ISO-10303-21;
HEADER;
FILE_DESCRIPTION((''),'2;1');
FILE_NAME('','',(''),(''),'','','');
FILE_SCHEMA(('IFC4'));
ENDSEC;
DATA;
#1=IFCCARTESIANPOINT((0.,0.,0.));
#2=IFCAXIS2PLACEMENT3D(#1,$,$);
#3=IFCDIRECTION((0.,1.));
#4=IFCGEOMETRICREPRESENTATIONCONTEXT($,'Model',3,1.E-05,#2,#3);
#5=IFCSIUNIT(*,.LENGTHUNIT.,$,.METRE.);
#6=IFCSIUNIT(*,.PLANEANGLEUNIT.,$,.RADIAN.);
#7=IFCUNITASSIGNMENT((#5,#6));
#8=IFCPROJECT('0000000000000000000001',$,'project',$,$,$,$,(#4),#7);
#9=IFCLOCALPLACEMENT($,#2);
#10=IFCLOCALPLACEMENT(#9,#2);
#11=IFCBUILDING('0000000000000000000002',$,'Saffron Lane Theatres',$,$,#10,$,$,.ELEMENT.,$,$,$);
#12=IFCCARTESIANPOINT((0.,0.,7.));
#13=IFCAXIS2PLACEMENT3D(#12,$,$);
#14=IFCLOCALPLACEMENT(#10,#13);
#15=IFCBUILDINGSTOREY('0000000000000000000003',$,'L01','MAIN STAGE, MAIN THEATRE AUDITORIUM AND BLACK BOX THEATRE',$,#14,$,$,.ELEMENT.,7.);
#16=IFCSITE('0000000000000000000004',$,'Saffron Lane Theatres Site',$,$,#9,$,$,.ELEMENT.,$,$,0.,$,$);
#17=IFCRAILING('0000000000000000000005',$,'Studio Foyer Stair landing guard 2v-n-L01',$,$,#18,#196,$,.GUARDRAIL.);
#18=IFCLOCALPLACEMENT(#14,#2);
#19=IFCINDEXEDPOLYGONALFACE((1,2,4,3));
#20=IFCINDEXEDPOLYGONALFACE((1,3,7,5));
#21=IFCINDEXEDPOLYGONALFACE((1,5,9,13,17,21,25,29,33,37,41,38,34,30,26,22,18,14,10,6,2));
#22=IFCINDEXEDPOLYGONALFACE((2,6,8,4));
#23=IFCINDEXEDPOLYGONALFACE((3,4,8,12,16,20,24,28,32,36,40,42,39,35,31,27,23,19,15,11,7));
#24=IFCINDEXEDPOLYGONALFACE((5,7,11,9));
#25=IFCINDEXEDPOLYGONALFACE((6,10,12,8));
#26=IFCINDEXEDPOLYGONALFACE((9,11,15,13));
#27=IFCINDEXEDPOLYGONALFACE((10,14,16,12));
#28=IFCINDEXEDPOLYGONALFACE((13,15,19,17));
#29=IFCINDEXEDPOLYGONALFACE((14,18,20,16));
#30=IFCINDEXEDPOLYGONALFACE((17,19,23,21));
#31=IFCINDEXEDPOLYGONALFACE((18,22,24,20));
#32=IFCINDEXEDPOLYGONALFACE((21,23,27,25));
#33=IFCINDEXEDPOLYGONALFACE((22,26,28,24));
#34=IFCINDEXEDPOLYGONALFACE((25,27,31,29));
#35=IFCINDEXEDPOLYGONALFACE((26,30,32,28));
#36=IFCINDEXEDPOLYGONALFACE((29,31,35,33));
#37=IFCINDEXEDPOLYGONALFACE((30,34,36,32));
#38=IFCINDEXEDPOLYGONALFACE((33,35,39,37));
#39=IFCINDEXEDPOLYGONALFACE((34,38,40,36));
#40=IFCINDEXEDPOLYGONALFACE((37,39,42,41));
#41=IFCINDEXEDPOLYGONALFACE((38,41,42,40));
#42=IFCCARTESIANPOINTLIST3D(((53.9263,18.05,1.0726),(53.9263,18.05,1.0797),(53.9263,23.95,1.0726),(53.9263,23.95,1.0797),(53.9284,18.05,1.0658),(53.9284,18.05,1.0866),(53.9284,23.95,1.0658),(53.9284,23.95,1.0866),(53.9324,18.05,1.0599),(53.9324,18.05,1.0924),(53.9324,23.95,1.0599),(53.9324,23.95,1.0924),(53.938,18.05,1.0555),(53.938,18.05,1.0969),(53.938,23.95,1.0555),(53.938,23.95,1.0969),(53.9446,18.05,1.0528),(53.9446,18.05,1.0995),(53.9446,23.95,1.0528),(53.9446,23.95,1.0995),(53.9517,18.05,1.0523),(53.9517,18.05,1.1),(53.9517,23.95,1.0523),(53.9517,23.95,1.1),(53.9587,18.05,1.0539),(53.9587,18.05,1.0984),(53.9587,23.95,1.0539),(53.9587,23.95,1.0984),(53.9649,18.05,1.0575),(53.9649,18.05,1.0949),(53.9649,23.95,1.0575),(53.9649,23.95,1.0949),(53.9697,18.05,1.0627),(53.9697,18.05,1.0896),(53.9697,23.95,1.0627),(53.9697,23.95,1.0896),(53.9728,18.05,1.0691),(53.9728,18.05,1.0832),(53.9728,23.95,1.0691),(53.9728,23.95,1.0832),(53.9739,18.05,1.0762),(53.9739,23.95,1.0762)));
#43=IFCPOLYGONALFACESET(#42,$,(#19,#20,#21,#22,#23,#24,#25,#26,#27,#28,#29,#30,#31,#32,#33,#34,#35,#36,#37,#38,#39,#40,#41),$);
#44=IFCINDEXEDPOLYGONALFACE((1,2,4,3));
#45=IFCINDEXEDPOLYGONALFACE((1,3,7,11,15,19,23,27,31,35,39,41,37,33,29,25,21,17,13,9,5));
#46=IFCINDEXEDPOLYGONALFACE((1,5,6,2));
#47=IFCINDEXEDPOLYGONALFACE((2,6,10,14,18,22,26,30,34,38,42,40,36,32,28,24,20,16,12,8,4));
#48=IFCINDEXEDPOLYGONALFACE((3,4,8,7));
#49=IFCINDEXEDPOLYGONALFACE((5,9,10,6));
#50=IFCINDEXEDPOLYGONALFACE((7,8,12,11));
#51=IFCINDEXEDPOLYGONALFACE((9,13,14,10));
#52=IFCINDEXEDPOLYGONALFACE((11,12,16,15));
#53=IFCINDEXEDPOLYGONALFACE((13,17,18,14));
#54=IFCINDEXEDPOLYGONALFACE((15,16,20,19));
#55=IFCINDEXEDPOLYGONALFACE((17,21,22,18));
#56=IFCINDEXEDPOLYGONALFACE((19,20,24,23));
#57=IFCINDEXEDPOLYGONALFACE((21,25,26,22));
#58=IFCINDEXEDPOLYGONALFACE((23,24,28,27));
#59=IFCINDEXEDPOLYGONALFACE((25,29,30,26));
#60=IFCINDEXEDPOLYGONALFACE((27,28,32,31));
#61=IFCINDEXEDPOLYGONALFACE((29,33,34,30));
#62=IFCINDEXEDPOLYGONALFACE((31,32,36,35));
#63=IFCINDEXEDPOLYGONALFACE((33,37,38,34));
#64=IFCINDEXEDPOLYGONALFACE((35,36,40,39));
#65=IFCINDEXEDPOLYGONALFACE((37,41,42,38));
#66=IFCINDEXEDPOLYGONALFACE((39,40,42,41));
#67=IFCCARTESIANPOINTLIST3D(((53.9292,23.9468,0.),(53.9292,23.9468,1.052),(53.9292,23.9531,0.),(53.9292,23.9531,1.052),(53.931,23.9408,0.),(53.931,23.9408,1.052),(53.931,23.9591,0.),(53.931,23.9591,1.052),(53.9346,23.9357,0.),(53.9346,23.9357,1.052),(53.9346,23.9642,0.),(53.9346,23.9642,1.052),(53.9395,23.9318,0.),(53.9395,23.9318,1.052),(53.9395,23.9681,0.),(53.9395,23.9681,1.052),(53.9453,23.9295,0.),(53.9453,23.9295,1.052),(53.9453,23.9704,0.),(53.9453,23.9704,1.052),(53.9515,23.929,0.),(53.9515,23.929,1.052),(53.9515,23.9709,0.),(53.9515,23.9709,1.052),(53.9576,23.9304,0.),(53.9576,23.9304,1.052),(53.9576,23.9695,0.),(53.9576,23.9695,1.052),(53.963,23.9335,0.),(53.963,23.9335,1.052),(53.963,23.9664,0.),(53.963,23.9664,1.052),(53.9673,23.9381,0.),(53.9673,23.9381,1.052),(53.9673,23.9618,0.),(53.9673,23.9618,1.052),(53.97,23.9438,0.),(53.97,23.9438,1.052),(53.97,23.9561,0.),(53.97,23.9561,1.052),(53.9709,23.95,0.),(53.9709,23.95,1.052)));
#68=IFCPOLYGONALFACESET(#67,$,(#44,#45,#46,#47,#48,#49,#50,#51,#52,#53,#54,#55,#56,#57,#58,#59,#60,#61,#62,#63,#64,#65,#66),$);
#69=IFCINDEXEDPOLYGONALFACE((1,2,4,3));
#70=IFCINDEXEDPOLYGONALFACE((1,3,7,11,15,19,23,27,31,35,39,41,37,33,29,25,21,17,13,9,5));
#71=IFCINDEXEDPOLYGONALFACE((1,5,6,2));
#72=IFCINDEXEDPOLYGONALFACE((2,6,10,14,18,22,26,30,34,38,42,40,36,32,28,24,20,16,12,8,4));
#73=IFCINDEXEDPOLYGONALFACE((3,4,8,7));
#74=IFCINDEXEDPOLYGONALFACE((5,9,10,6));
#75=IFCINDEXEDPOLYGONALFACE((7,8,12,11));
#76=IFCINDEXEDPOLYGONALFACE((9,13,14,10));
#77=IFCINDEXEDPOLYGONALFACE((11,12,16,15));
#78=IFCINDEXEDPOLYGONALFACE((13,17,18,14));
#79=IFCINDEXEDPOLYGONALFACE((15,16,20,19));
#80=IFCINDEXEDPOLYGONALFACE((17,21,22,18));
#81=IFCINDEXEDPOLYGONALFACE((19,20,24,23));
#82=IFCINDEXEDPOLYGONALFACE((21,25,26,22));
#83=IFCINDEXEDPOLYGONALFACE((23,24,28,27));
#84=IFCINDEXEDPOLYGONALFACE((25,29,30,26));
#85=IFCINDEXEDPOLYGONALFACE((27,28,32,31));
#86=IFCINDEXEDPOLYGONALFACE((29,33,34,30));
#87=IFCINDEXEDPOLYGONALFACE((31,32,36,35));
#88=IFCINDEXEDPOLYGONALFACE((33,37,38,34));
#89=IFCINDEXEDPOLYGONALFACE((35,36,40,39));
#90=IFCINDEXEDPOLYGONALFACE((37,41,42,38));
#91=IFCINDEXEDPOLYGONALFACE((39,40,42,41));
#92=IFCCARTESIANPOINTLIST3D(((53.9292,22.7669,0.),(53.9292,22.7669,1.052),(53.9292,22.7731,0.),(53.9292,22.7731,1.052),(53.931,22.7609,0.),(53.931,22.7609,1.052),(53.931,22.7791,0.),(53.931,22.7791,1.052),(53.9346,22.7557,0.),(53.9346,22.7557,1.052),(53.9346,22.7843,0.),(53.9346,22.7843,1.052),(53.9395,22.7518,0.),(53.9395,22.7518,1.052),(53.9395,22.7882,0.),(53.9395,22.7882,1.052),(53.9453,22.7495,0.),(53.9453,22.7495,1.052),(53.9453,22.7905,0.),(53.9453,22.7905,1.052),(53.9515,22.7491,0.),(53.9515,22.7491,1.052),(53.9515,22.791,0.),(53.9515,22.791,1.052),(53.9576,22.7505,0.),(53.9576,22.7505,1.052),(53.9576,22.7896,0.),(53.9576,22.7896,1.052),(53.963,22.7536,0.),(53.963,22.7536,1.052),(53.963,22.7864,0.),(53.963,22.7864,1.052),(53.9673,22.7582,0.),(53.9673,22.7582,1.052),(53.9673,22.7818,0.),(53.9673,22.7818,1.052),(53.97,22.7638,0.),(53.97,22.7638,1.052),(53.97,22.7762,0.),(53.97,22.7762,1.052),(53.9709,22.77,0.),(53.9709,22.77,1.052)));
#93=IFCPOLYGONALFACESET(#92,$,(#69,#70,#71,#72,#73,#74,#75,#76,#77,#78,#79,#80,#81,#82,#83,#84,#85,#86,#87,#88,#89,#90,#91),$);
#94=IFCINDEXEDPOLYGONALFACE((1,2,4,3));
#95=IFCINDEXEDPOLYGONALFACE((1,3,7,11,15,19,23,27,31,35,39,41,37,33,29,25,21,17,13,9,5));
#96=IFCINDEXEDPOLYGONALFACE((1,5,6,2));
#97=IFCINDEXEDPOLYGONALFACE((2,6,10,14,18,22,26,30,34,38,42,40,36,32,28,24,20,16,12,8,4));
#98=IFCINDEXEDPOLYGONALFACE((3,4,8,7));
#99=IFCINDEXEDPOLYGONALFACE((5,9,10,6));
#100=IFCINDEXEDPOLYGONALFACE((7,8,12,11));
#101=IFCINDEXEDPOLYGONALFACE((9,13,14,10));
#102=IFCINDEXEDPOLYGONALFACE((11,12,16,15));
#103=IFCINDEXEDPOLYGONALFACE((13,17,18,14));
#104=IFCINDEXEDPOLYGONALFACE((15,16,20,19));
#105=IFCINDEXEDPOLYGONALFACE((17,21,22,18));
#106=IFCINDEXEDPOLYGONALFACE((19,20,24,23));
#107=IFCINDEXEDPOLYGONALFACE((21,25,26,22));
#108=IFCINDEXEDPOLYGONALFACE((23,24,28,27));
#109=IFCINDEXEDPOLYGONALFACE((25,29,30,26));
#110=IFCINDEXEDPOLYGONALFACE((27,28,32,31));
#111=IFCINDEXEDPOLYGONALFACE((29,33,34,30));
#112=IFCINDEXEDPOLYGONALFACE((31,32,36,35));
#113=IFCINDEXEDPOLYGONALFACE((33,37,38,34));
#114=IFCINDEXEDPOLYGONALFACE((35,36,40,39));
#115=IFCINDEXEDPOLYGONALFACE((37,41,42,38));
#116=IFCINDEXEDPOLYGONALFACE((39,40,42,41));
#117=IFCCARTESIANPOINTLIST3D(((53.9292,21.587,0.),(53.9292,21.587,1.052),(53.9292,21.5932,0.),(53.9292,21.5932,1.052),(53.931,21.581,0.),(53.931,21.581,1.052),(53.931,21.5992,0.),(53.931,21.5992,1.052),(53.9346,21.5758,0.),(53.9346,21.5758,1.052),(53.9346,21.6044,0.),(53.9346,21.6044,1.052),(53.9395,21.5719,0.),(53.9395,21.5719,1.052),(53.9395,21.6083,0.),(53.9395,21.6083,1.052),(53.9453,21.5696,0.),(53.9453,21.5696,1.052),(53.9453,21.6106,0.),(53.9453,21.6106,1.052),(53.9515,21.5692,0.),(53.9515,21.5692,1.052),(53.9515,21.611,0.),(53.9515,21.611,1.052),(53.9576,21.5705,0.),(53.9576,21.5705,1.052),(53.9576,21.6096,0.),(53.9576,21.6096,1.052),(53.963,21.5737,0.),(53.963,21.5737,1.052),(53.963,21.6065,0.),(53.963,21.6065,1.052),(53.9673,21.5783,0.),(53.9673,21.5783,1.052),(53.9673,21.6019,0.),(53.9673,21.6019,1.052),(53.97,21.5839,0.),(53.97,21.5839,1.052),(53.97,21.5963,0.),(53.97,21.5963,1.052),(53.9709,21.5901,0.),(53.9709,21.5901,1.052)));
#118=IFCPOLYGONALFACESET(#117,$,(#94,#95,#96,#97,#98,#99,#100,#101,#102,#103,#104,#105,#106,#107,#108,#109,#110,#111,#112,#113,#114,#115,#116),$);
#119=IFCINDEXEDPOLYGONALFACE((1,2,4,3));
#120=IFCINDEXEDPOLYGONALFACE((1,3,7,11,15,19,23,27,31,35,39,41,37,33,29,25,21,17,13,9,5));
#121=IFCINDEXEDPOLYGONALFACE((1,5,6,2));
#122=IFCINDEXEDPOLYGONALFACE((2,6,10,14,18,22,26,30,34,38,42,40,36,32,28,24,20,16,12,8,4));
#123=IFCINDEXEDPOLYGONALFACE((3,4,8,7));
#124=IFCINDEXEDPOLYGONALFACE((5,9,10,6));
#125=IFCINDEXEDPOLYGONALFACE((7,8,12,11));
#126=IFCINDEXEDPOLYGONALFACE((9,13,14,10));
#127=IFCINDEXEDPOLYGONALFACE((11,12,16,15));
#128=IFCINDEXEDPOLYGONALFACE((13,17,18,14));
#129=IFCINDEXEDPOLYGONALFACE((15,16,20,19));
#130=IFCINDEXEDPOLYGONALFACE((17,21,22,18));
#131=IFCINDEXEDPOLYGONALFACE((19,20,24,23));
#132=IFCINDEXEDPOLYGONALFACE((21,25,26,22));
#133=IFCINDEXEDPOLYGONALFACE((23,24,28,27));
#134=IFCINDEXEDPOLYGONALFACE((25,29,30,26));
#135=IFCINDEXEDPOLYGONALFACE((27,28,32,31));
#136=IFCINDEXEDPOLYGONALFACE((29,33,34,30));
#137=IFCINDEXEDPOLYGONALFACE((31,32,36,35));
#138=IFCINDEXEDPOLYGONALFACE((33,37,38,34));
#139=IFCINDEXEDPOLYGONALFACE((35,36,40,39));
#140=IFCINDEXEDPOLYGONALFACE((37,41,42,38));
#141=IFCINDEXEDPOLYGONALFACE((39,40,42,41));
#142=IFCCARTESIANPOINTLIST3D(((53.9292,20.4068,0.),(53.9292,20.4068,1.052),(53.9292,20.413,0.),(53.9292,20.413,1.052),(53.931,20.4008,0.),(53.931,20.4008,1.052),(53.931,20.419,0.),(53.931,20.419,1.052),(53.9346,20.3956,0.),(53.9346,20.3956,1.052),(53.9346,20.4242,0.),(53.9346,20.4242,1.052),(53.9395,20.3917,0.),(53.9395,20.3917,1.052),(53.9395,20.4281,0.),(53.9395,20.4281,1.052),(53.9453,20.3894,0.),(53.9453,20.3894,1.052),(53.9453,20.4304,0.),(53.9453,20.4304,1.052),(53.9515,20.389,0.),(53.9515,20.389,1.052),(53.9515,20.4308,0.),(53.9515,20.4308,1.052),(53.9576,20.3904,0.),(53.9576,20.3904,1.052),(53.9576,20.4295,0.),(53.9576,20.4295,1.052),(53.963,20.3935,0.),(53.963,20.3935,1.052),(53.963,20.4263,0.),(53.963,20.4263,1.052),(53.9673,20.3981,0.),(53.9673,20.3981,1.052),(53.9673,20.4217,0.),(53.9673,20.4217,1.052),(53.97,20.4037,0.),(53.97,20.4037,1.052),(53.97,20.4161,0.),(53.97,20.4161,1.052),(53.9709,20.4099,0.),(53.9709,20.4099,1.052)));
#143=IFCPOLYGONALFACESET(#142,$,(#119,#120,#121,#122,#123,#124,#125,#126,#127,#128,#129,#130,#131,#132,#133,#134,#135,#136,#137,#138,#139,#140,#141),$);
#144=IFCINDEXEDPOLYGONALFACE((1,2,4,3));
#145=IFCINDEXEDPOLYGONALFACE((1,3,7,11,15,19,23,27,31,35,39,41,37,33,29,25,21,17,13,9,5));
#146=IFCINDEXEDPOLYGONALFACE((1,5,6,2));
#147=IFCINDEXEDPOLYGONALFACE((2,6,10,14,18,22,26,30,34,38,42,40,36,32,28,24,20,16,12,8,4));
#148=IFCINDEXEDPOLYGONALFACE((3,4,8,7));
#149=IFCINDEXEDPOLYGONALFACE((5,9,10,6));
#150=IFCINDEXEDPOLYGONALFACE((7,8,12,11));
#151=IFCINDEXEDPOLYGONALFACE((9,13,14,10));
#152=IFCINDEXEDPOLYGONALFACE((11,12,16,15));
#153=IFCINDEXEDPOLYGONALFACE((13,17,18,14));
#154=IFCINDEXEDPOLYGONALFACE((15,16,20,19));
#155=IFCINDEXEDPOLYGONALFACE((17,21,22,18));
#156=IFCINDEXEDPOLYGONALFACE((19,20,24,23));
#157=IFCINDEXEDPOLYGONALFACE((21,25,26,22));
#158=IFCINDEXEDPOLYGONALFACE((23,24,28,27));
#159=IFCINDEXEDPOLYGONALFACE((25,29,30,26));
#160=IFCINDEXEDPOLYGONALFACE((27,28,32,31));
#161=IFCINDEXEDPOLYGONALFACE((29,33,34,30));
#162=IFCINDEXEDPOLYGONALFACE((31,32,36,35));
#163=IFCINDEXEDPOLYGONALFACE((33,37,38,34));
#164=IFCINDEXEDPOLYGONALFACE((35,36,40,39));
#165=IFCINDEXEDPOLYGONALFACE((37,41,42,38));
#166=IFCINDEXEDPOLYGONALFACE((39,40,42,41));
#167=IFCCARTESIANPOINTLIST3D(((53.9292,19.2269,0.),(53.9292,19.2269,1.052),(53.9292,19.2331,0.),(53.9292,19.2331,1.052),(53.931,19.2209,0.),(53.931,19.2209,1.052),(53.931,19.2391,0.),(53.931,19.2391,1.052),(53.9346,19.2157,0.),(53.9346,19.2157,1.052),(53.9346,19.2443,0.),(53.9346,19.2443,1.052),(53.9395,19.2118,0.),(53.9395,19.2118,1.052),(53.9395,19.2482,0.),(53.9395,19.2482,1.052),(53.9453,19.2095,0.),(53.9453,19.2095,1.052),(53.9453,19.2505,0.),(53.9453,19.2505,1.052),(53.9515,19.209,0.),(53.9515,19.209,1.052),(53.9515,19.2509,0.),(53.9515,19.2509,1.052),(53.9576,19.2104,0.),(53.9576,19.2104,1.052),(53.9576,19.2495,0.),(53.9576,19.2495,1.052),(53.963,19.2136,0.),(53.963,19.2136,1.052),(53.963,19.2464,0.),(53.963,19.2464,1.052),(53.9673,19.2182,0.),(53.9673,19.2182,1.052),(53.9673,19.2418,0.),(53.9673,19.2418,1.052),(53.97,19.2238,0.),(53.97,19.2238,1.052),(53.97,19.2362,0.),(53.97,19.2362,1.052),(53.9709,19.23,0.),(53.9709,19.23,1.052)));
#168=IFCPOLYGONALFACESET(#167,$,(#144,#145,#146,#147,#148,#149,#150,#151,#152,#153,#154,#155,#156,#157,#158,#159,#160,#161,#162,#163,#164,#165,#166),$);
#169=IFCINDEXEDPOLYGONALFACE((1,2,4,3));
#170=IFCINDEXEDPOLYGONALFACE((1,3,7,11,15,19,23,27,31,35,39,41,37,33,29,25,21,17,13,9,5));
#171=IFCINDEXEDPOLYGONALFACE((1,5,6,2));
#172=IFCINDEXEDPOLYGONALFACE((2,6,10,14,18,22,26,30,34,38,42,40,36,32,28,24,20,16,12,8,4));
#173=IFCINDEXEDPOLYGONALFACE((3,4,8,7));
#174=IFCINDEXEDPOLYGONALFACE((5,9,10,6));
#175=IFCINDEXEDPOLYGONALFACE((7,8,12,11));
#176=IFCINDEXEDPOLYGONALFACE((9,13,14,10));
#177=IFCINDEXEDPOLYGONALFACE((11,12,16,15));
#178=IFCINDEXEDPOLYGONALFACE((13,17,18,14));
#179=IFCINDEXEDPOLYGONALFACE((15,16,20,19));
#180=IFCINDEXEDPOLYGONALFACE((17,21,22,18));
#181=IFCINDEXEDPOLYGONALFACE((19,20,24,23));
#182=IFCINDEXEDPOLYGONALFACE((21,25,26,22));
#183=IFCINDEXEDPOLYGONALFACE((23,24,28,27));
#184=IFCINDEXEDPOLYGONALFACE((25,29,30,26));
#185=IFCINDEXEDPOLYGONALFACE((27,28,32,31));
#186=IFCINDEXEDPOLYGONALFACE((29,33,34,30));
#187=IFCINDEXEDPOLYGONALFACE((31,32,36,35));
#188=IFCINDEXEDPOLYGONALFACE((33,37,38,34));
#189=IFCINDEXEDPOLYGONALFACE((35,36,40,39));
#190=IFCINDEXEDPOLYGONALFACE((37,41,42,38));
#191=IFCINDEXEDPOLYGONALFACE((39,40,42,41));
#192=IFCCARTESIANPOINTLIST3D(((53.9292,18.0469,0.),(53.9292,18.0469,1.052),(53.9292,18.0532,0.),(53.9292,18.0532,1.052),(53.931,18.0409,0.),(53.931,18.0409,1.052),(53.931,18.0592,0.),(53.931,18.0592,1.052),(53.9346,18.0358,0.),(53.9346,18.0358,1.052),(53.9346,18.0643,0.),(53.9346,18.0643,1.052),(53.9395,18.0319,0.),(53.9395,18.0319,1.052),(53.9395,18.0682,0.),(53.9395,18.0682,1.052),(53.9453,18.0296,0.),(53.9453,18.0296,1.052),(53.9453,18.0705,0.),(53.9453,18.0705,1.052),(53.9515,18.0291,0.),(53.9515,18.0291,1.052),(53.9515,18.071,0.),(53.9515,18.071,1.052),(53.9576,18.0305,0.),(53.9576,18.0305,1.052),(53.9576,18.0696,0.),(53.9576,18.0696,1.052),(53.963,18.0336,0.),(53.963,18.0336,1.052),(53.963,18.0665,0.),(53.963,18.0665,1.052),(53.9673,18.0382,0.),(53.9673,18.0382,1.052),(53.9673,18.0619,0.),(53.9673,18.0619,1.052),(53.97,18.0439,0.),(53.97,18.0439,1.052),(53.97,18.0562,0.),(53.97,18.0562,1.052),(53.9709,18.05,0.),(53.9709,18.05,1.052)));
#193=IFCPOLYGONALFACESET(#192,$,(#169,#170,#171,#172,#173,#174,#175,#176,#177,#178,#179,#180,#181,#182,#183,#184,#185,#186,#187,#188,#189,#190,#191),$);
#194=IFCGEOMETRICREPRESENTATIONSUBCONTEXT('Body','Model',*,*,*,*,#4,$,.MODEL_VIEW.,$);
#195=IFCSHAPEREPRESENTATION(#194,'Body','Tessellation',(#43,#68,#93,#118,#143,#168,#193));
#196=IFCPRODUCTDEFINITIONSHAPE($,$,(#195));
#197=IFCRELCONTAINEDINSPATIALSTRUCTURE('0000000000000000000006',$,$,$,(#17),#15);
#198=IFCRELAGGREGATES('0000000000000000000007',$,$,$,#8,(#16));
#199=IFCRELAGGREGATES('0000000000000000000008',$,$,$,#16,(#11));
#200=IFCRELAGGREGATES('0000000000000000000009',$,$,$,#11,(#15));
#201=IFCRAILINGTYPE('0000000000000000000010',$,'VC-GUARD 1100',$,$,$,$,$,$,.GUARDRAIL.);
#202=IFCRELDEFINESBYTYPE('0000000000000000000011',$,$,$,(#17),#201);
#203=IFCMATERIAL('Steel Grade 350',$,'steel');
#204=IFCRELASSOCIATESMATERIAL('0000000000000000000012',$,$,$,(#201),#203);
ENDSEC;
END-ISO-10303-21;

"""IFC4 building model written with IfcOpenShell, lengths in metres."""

from ifc_helpers import new_model, si_unit, direction, frame, origin, origin_2d, place, context, subcontext, project, spatial, circle, extrude, material, type_object, element, save


model = new_model("IFC4")

# Units and contexts
model_context = context("Model", 3, precision=1e-05, world=origin(), true_north=direction((0.0, 1.0)))
body_context = subcontext(model_context, "Body", "Model", "MODEL_VIEW")
ifc_project = project(units=[si_unit("LENGTHUNIT", "METRE"), si_unit("PLANEANGLEUNIT", "RADIAN")], contexts=[model_context])

# Site, building, storey
site_placement = place(None, origin())
site = spatial("IfcSite", under=ifc_project, at=site_placement, Name="Saffron Lane Theatres Site", CompositionType="ELEMENT", RefElevation=0.0)
building_placement = place(site_placement, origin())
building = spatial("IfcBuilding", under=site, at=building_placement, Name="Saffron Lane Theatres", CompositionType="ELEMENT")
storey_placement = place(building_placement, frame((0.0, 0.0, 7.0)))
storey = spatial("IfcBuildingStorey", under=building, at=storey_placement, Name="L01", Description="MAIN STAGE, MAIN THEATRE AUDITORIUM AND BLACK BOX THEATRE", CompositionType="ELEMENT", Elevation=7.0)

# Railing
ifc_material_1 = material(Name="Steel Grade 350", Category="steel")
railing_type_1 = type_object("IfcRailingType", Name="VC-GUARD 1100", PredefinedType="GUARDRAIL", material=ifc_material_1)
for number, where, name in (
    (1, (53.95, 23.95, 0.0), "Studio Foyer Stair landing guard 2v-n-L01"),
):
    element("IfcRailing", number, at=place(storey_placement, frame(where)), inside=storey, type_object=railing_type_1, Name=name, PredefinedType="GUARDRAIL", context=body_context, shape_type="SweptSolid", body=[
        extrude(circle(Radius=0.0239, at=origin_2d()), frame((0.0, 0.0, 1.0762), z_axis=(0.0, -1.0, 0.0), x_axis=(1.0, 0.0, 0.0)), (0.0, 0.0, 1.0), 5.8999),
        extrude(circle(Radius=0.021, at=origin_2d()), origin(), (0.0, 0.0, 1.0), 1.052),
        extrude(circle(Radius=0.021, at=origin_2d()), frame((0.0, -1.1799, 0.0)), (0.0, 0.0, 1.0), 1.052),
        extrude(circle(Radius=0.021, at=origin_2d()), frame((0.0, -2.3599, 0.0)), (0.0, 0.0, 1.0), 1.052),
        extrude(circle(Radius=0.021, at=origin_2d()), frame((0.0, -3.54, 0.0)), (0.0, 0.0, 1.0), 1.052),
        extrude(circle(Radius=0.021, at=origin_2d()), frame((0.0, -4.72, 0.0)), (0.0, 0.0, 1.0), 1.052),
        extrude(circle(Radius=0.021, at=origin_2d()), frame((0.0, -5.8999, 0.0)), (0.0, 0.0, 1.0), 1.052),
    ])

save(model, "model.ifc")
